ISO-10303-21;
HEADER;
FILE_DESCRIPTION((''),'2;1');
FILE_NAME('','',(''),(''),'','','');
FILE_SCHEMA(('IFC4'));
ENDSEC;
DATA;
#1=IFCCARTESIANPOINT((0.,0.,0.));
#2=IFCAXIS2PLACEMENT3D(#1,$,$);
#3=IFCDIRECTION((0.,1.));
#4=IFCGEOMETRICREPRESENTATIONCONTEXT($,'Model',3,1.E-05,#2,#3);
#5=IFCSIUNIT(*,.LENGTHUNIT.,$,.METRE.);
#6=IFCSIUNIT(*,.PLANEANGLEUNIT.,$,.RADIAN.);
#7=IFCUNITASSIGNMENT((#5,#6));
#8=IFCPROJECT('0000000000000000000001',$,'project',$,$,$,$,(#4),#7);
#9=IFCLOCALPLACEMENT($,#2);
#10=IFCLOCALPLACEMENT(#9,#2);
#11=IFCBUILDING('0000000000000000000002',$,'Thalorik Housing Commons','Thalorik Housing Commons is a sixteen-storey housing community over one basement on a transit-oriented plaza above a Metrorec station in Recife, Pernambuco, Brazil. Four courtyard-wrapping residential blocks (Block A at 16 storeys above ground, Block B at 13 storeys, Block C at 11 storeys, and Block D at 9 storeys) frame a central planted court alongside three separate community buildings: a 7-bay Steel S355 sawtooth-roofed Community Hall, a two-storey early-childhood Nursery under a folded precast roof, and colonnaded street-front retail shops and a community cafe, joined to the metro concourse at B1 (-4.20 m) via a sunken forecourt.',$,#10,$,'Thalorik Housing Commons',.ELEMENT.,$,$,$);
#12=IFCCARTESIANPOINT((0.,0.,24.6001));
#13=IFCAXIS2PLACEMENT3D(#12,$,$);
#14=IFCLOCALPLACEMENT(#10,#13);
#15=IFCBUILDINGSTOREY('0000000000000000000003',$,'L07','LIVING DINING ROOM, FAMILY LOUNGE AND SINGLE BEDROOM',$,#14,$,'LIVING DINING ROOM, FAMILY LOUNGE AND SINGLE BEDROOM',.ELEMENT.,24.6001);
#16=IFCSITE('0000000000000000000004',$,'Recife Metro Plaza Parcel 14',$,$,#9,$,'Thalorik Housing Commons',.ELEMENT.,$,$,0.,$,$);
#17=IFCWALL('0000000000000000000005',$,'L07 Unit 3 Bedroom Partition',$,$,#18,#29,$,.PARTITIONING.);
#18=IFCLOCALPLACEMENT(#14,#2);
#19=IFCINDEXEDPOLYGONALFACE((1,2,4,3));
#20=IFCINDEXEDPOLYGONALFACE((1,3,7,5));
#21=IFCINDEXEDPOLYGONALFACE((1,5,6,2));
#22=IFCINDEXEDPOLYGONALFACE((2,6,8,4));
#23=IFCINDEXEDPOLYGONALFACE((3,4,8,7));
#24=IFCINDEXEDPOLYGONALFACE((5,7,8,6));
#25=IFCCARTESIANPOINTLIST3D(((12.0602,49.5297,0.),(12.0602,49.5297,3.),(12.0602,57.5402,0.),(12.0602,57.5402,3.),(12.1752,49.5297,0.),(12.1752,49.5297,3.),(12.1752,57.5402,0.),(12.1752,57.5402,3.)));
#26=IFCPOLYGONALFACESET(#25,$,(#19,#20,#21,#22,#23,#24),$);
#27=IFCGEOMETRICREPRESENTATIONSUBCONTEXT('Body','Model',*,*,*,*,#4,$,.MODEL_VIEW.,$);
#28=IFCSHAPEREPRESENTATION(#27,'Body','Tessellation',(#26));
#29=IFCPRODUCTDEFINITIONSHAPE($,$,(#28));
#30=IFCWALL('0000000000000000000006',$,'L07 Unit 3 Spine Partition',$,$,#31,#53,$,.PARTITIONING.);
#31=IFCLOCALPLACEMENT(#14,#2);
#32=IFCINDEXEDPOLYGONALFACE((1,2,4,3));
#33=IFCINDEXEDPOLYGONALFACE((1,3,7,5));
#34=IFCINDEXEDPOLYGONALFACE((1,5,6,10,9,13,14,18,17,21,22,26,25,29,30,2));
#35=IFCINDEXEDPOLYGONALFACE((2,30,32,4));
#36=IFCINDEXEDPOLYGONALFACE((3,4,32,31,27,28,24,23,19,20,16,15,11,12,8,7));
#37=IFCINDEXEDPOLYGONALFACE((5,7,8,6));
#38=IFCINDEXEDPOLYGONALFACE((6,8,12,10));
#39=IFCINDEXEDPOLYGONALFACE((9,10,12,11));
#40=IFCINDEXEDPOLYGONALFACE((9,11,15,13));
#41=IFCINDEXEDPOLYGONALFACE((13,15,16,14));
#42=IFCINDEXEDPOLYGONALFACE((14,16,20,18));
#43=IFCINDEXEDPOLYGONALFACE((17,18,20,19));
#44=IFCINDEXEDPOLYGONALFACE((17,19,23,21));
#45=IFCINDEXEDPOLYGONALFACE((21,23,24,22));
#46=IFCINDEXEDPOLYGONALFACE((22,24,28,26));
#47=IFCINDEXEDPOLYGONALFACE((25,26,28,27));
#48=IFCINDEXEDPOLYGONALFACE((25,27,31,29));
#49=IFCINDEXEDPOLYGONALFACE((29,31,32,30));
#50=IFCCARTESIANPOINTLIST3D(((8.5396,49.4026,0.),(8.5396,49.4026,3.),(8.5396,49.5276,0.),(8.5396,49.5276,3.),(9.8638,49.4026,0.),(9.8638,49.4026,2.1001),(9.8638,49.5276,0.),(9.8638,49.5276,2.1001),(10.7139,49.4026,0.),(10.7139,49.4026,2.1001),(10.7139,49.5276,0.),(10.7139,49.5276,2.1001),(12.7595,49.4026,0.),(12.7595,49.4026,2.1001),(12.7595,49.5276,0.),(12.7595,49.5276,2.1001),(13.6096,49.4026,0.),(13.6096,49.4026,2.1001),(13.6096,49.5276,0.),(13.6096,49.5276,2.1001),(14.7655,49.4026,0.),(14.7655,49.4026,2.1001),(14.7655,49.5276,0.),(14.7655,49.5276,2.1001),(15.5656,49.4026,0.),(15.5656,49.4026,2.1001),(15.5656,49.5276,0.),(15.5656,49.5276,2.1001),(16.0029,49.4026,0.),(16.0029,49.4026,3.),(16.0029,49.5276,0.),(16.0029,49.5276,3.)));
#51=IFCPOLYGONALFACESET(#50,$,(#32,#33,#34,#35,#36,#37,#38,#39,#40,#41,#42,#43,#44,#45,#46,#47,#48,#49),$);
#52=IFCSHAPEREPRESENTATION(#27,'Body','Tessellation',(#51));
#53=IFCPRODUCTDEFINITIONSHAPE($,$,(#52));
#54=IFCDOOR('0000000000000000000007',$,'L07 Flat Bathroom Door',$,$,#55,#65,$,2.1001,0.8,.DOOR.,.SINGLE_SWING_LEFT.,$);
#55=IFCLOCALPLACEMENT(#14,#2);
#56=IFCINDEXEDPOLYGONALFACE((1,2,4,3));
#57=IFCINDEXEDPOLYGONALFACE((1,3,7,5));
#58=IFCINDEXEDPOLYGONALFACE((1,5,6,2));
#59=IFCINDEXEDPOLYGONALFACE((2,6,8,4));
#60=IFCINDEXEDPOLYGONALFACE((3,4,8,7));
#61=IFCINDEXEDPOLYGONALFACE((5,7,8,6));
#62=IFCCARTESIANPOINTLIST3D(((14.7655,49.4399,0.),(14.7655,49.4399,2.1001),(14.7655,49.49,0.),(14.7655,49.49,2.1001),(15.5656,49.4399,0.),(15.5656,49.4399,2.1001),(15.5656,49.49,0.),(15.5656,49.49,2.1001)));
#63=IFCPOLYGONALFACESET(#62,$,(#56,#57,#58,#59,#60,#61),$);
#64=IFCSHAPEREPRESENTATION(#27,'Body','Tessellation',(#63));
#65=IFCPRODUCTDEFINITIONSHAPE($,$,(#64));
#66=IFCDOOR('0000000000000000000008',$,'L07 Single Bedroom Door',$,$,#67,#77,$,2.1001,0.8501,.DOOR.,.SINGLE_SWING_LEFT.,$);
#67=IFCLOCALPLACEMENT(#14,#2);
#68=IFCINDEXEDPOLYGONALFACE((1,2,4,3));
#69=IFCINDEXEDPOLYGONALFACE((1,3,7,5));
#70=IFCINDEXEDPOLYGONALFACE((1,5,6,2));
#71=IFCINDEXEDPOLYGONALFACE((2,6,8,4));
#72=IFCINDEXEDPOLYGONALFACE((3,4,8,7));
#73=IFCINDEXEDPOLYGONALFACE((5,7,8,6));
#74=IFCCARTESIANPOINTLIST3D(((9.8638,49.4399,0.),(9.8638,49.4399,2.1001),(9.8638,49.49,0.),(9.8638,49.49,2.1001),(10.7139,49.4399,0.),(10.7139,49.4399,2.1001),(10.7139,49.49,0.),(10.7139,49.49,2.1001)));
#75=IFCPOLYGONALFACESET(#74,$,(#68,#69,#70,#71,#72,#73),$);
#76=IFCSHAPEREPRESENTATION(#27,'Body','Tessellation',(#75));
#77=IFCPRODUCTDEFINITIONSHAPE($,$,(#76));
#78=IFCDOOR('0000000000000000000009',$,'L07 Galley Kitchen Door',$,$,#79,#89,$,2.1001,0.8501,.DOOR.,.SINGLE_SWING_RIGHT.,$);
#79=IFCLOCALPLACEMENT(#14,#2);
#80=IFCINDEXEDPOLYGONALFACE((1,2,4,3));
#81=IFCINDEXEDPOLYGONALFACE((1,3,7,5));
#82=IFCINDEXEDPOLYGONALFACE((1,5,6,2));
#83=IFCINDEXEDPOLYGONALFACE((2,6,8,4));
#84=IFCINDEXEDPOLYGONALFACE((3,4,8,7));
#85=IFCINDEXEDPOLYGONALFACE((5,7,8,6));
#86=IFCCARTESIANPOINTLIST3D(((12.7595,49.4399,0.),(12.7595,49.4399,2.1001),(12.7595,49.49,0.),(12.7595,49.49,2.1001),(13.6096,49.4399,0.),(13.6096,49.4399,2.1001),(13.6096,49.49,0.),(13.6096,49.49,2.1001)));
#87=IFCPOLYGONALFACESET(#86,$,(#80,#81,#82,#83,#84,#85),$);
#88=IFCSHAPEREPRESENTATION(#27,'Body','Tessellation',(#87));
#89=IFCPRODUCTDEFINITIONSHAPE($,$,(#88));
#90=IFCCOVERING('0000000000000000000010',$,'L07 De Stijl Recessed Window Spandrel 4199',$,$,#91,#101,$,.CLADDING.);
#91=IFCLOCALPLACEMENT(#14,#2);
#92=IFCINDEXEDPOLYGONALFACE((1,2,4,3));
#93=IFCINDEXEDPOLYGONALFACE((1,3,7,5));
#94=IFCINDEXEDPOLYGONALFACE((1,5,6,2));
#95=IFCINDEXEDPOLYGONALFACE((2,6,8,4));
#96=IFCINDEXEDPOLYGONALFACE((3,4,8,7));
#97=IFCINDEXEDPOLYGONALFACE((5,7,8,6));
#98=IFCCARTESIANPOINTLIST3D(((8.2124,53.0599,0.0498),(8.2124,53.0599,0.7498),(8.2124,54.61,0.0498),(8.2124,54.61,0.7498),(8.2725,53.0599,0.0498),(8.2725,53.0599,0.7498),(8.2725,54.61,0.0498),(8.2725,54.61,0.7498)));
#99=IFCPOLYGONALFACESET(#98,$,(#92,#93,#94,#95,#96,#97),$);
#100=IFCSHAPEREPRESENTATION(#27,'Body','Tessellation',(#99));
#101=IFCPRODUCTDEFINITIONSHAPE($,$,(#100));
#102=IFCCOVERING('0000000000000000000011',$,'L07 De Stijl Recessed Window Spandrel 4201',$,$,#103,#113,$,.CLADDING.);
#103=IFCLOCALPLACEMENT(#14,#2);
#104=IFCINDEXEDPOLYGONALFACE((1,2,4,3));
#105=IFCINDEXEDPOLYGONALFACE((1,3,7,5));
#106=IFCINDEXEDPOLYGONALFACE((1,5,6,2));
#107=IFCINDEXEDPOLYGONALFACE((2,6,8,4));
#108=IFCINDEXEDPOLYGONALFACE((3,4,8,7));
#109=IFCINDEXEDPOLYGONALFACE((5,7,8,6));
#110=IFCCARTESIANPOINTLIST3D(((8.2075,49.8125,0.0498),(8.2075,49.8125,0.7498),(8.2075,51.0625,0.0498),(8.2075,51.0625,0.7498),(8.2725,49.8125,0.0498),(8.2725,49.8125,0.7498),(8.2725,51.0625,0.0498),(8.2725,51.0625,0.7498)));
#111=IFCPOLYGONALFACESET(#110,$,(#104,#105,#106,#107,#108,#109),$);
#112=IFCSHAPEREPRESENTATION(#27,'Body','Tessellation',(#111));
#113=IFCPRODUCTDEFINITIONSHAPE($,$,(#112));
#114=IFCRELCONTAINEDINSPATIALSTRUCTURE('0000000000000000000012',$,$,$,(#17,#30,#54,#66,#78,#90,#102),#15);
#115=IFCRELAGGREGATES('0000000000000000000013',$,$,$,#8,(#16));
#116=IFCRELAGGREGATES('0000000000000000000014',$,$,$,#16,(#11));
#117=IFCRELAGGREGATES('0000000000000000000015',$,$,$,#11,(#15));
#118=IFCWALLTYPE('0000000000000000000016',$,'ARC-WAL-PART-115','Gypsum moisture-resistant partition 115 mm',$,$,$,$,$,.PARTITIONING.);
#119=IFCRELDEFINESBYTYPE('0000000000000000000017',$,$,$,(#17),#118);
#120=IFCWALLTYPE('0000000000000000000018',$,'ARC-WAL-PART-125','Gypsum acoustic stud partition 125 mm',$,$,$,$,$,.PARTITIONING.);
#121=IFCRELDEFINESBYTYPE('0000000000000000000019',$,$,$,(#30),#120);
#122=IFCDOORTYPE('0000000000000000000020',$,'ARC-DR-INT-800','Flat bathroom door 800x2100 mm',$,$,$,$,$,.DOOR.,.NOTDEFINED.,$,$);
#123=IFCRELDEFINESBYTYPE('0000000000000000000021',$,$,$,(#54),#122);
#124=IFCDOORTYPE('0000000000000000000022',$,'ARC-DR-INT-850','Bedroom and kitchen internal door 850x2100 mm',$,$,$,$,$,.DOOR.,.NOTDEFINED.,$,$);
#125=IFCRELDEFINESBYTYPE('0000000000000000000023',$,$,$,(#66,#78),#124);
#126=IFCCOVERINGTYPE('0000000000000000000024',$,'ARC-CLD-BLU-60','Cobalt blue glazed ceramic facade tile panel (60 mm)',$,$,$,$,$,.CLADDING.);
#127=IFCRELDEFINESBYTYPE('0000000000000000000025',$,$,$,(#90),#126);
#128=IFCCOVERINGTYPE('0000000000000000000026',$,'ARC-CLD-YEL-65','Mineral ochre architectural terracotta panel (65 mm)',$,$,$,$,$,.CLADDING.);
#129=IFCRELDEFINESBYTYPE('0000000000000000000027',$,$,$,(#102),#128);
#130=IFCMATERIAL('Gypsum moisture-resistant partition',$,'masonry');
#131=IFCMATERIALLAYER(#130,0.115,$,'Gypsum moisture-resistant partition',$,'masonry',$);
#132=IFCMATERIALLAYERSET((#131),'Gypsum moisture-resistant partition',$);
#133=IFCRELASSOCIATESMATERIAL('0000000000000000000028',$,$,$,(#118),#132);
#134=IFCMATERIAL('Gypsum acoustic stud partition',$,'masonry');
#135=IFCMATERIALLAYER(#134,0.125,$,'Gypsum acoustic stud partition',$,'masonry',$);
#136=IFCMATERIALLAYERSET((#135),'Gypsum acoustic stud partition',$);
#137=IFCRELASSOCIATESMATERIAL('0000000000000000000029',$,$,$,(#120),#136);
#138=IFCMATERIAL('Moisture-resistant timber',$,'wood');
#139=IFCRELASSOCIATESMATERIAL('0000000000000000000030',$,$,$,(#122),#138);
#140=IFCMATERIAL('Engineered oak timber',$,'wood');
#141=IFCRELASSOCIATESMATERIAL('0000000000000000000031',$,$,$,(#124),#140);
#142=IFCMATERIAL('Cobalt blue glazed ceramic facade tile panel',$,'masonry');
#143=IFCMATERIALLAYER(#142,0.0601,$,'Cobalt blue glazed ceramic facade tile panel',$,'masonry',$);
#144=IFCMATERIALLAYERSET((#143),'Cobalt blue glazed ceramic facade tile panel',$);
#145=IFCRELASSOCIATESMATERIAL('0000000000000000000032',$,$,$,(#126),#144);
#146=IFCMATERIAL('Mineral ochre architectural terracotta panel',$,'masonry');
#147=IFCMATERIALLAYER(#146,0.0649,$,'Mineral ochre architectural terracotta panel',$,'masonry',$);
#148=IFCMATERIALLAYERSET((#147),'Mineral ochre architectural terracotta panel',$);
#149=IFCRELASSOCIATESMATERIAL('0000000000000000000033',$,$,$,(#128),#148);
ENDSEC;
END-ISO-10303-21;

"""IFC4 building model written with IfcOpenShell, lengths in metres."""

from ifc_helpers import new_model, si_unit, direction, frame, frame_2d, origin, origin_2d, place, context, subcontext, project, spatial, rectangle, extrude, material, layer, layer_set, type_object, element, fill, save


model = new_model("IFC4")

# Units and contexts
model_context = context("Model", 3, precision=1e-05, world=origin(), true_north=direction((0.0, 1.0)))
body_context = subcontext(model_context, "Body", "Model", "MODEL_VIEW")
ifc_project = project(units=[si_unit("LENGTHUNIT", "METRE"), si_unit("PLANEANGLEUNIT", "RADIAN")], contexts=[model_context])

# Site, building, storey
site_placement = place(None, origin())
site = spatial("IfcSite", under=ifc_project, at=site_placement, Name="Recife Metro Plaza Parcel 14", LongName="Thalorik Housing Commons", CompositionType="ELEMENT", RefElevation=0.0)
building_placement = place(site_placement, origin())
building = spatial("IfcBuilding", under=site, at=building_placement, Name="Thalorik Housing Commons", Description="Thalorik Housing Commons is a sixteen-storey housing community over one basement on a transit-oriented plaza above a Metrorec station in Recife, Pernambuco, Brazil. Four courtyard-wrapping residential blocks (Block A at 16 storeys above ground, Block B at 13 storeys, Block C at 11 storeys, and Block D at 9 storeys) frame a central planted court alongside three separate community buildings: a 7-bay Steel S355 sawtooth-roofed Community Hall, a two-storey early-childhood Nursery under a folded precast roof, and colonnaded street-front retail shops and a community cafe, joined to the metro concourse at B1 (-4.20 m) via a sunken forecourt.", LongName="Thalorik Housing Commons", CompositionType="ELEMENT")
storey_placement = place(building_placement, frame((0.0, 0.0, 24.6001)))
storey = spatial("IfcBuildingStorey", under=building, at=storey_placement, Name="L07", Description="LIVING DINING ROOM, FAMILY LOUNGE AND SINGLE BEDROOM", LongName="LIVING DINING ROOM, FAMILY LOUNGE AND SINGLE BEDROOM", CompositionType="ELEMENT", Elevation=24.6001)

# Wall
ifc_material_1 = material(Name="Gypsum moisture-resistant partition", Category="masonry")
ifc_layer_1 = layer(ifc_material_1, 0.115, Name="Gypsum moisture-resistant partition", Category="masonry")
ifc_layer_set_1 = layer_set([ifc_layer_1], Name="Gypsum moisture-resistant partition")
wall_type_1 = type_object("IfcWallType", Name="ARC-WAL-PART-115", Description="Gypsum moisture-resistant partition 115 mm", PredefinedType="PARTITIONING", material=ifc_layer_set_1)
wall_1_placement = place(storey_placement, frame((12.1177, 49.5295, 0.0), z_axis=(0.0, 0.0, 1.0), x_axis=(0.0, 1.0, 0.0)))
element("IfcWall", 1, at=wall_1_placement, inside=storey, type_object=wall_type_1, Name="L07 Unit 3 Bedroom Partition", PredefinedType="PARTITIONING", context=body_context, shape_type="SweptSolid", body=[
    extrude(rectangle(XDim=8.0105, YDim=0.115, at=frame_2d((4.0054, 0.0))), origin(), (0.0, 0.0, 1.0), 3.0),
])

# Wall, openings, doors
ifc_material_2 = material(Name="Gypsum acoustic stud partition", Category="masonry")
ifc_layer_2 = layer(ifc_material_2, 0.125, Name="Gypsum acoustic stud partition", Category="masonry")
ifc_layer_set_2 = layer_set([ifc_layer_2], Name="Gypsum acoustic stud partition")
wall_type_2 = type_object("IfcWallType", Name="ARC-WAL-PART-125", Description="Gypsum acoustic stud partition 125 mm", PredefinedType="PARTITIONING", material=ifc_layer_set_2)
wall_2_placement = place(storey_placement, frame((8.5396, 49.4651, 0.0), z_axis=(0.0, 0.0, 1.0), x_axis=(1.0, 0.0, 0.0)))
wall_2 = element("IfcWall", 2, at=wall_2_placement, inside=storey, type_object=wall_type_2, Name="L07 Unit 3 Spine Partition", PredefinedType="PARTITIONING", context=body_context, shape_type="SweptSolid", body=[
    extrude(rectangle(XDim=7.4634, YDim=0.125, at=frame_2d((3.7317, 0.0))), origin(), (0.0, 0.0, 1.0), 3.0),
])
opening_1_placement = place(wall_2_placement, frame((1.3242, 0.0, 0.0)))
opening_1 = element("IfcOpeningElement", 3, at=opening_1_placement, cuts=wall_2, PredefinedType="OPENING", context=body_context, shape_type="SweptSolid", body=[
    extrude(rectangle(XDim=0.8501, YDim=2.1001, at=frame_2d((0.425, 1.05))), frame((0.0, 0.0725, 0.0), z_axis=(0.0, -1.0, 0.0), x_axis=(1.0, 0.0, 0.0)), (0.0, 0.0, 1.0), 0.145),
])
opening_2_placement = place(wall_2_placement, frame((4.22, 0.0, 0.0)))
opening_2 = element("IfcOpeningElement", 4, at=opening_2_placement, cuts=wall_2, PredefinedType="OPENING", context=body_context, shape_type="SweptSolid", body=[
    extrude(rectangle(XDim=0.8501, YDim=2.1001, at=frame_2d((0.425, 1.05))), frame((0.0, 0.0725, 0.0), z_axis=(0.0, -1.0, 0.0), x_axis=(1.0, 0.0, 0.0)), (0.0, 0.0, 1.0), 0.145),
])
opening_3_placement = place(wall_2_placement, frame((6.2261, 0.0, 0.0)))
opening_3 = element("IfcOpeningElement", 5, at=opening_3_placement, cuts=wall_2, PredefinedType="OPENING", context=body_context, shape_type="SweptSolid", body=[
    extrude(rectangle(XDim=0.8, YDim=2.1001, at=frame_2d((0.3999, 1.05))), frame((0.0, 0.0725, 0.0), z_axis=(0.0, -1.0, 0.0), x_axis=(1.0, 0.0, 0.0)), (0.0, 0.0, 1.0), 0.145),
])
ifc_material_3 = material(Name="Moisture-resistant timber", Category="wood")
door_type_1 = type_object("IfcDoorType", Name="ARC-DR-INT-800", Description="Flat bathroom door 800x2100 mm", OperationType="NOTDEFINED", PredefinedType="DOOR", material=ifc_material_3)
door_1_placement = place(opening_3_placement, origin())
door_1 = element("IfcDoor", 6, at=door_1_placement, inside=storey, type_object=door_type_1, Name="L07 Flat Bathroom Door", OperationType="SINGLE_SWING_LEFT", OverallHeight=2.1001, OverallWidth=0.8, PredefinedType="DOOR", context=body_context, shape_type="SweptSolid", body=[
    extrude(rectangle(XDim=0.8, YDim=2.1001, at=frame_2d((0.3999, 1.05))), frame((0.0, 0.0249, 0.0), z_axis=(0.0, -1.0, 0.0), x_axis=(1.0, 0.0, 0.0)), (0.0, 0.0, 1.0), 0.05),
])
fill(opening_3, door_1)
ifc_material_4 = material(Name="Engineered oak timber", Category="wood")
door_type_2 = type_object("IfcDoorType", Name="ARC-DR-INT-850", Description="Bedroom and kitchen internal door 850x2100 mm", OperationType="NOTDEFINED", PredefinedType="DOOR", material=ifc_material_4)
door_2_placement = place(opening_1_placement, origin())
door_2 = element("IfcDoor", 7, at=door_2_placement, inside=storey, type_object=door_type_2, Name="L07 Single Bedroom Door", OperationType="SINGLE_SWING_LEFT", OverallHeight=2.1001, OverallWidth=0.8501, PredefinedType="DOOR", context=body_context, shape_type="SweptSolid", body=[
    extrude(rectangle(XDim=0.8501, YDim=2.1001, at=frame_2d((0.425, 1.05))), frame((0.0, 0.0249, 0.0), z_axis=(0.0, -1.0, 0.0), x_axis=(1.0, 0.0, 0.0)), (0.0, 0.0, 1.0), 0.05),
])
fill(opening_1, door_2)
door_3_placement = place(opening_2_placement, origin())
door_3 = element("IfcDoor", 8, at=door_3_placement, inside=storey, type_object=door_type_2, Name="L07 Galley Kitchen Door", OperationType="SINGLE_SWING_RIGHT", OverallHeight=2.1001, OverallWidth=0.8501, PredefinedType="DOOR", context=body_context, shape_type="SweptSolid", body=[
    extrude(rectangle(XDim=0.8501, YDim=2.1001, at=frame_2d((0.425, 1.05))), frame((0.0, 0.0249, 0.0), z_axis=(0.0, -1.0, 0.0), x_axis=(1.0, 0.0, 0.0)), (0.0, 0.0, 1.0), 0.05),
])
fill(opening_2, door_3)

# Coverings
ifc_material_5 = material(Name="Cobalt blue glazed ceramic facade tile panel", Category="masonry")
ifc_layer_3 = layer(ifc_material_5, 0.0601, Name="Cobalt blue glazed ceramic facade tile panel", Category="masonry")
ifc_layer_set_3 = layer_set([ifc_layer_3], Name="Cobalt blue glazed ceramic facade tile panel")
covering_type_1 = type_object("IfcCoveringType", Name="ARC-CLD-BLU-60", Description="Cobalt blue glazed ceramic facade tile panel (60 mm)", PredefinedType="CLADDING", material=ifc_layer_set_3)
covering_1_placement = place(storey_placement, frame((8.2424, 53.835, 0.0498), z_axis=(0.0, 0.0, 1.0), x_axis=(0.0, -1.0, 0.0)))
element("IfcCovering", 9, at=covering_1_placement, inside=storey, type_object=covering_type_1, Name="L07 De Stijl Recessed Window Spandrel 4199", PredefinedType="CLADDING", context=body_context, shape_type="SweptSolid", body=[
    extrude(rectangle(XDim=1.55, YDim=0.0601, at=origin_2d()), origin(), (0.0, 0.0, 1.0), 0.7),
])
ifc_material_6 = material(Name="Mineral ochre architectural terracotta panel", Category="masonry")
ifc_layer_4 = layer(ifc_material_6, 0.0649, Name="Mineral ochre architectural terracotta panel", Category="masonry")
ifc_layer_set_4 = layer_set([ifc_layer_4], Name="Mineral ochre architectural terracotta panel")
covering_type_2 = type_object("IfcCoveringType", Name="ARC-CLD-YEL-65", Description="Mineral ochre architectural terracotta panel (65 mm)", PredefinedType="CLADDING", material=ifc_layer_set_4)
covering_2_placement = place(storey_placement, frame((8.24, 50.4375, 0.0498), z_axis=(0.0, 0.0, 1.0), x_axis=(0.0, -1.0, 0.0)))
element("IfcCovering", 10, at=covering_2_placement, inside=storey, type_object=covering_type_2, Name="L07 De Stijl Recessed Window Spandrel 4201", PredefinedType="CLADDING", context=body_context, shape_type="SweptSolid", body=[
    extrude(rectangle(XDim=1.25, YDim=0.0649, at=origin_2d()), origin(), (0.0, 0.0, 1.0), 0.7),
])

save(model, "model.ifc")
